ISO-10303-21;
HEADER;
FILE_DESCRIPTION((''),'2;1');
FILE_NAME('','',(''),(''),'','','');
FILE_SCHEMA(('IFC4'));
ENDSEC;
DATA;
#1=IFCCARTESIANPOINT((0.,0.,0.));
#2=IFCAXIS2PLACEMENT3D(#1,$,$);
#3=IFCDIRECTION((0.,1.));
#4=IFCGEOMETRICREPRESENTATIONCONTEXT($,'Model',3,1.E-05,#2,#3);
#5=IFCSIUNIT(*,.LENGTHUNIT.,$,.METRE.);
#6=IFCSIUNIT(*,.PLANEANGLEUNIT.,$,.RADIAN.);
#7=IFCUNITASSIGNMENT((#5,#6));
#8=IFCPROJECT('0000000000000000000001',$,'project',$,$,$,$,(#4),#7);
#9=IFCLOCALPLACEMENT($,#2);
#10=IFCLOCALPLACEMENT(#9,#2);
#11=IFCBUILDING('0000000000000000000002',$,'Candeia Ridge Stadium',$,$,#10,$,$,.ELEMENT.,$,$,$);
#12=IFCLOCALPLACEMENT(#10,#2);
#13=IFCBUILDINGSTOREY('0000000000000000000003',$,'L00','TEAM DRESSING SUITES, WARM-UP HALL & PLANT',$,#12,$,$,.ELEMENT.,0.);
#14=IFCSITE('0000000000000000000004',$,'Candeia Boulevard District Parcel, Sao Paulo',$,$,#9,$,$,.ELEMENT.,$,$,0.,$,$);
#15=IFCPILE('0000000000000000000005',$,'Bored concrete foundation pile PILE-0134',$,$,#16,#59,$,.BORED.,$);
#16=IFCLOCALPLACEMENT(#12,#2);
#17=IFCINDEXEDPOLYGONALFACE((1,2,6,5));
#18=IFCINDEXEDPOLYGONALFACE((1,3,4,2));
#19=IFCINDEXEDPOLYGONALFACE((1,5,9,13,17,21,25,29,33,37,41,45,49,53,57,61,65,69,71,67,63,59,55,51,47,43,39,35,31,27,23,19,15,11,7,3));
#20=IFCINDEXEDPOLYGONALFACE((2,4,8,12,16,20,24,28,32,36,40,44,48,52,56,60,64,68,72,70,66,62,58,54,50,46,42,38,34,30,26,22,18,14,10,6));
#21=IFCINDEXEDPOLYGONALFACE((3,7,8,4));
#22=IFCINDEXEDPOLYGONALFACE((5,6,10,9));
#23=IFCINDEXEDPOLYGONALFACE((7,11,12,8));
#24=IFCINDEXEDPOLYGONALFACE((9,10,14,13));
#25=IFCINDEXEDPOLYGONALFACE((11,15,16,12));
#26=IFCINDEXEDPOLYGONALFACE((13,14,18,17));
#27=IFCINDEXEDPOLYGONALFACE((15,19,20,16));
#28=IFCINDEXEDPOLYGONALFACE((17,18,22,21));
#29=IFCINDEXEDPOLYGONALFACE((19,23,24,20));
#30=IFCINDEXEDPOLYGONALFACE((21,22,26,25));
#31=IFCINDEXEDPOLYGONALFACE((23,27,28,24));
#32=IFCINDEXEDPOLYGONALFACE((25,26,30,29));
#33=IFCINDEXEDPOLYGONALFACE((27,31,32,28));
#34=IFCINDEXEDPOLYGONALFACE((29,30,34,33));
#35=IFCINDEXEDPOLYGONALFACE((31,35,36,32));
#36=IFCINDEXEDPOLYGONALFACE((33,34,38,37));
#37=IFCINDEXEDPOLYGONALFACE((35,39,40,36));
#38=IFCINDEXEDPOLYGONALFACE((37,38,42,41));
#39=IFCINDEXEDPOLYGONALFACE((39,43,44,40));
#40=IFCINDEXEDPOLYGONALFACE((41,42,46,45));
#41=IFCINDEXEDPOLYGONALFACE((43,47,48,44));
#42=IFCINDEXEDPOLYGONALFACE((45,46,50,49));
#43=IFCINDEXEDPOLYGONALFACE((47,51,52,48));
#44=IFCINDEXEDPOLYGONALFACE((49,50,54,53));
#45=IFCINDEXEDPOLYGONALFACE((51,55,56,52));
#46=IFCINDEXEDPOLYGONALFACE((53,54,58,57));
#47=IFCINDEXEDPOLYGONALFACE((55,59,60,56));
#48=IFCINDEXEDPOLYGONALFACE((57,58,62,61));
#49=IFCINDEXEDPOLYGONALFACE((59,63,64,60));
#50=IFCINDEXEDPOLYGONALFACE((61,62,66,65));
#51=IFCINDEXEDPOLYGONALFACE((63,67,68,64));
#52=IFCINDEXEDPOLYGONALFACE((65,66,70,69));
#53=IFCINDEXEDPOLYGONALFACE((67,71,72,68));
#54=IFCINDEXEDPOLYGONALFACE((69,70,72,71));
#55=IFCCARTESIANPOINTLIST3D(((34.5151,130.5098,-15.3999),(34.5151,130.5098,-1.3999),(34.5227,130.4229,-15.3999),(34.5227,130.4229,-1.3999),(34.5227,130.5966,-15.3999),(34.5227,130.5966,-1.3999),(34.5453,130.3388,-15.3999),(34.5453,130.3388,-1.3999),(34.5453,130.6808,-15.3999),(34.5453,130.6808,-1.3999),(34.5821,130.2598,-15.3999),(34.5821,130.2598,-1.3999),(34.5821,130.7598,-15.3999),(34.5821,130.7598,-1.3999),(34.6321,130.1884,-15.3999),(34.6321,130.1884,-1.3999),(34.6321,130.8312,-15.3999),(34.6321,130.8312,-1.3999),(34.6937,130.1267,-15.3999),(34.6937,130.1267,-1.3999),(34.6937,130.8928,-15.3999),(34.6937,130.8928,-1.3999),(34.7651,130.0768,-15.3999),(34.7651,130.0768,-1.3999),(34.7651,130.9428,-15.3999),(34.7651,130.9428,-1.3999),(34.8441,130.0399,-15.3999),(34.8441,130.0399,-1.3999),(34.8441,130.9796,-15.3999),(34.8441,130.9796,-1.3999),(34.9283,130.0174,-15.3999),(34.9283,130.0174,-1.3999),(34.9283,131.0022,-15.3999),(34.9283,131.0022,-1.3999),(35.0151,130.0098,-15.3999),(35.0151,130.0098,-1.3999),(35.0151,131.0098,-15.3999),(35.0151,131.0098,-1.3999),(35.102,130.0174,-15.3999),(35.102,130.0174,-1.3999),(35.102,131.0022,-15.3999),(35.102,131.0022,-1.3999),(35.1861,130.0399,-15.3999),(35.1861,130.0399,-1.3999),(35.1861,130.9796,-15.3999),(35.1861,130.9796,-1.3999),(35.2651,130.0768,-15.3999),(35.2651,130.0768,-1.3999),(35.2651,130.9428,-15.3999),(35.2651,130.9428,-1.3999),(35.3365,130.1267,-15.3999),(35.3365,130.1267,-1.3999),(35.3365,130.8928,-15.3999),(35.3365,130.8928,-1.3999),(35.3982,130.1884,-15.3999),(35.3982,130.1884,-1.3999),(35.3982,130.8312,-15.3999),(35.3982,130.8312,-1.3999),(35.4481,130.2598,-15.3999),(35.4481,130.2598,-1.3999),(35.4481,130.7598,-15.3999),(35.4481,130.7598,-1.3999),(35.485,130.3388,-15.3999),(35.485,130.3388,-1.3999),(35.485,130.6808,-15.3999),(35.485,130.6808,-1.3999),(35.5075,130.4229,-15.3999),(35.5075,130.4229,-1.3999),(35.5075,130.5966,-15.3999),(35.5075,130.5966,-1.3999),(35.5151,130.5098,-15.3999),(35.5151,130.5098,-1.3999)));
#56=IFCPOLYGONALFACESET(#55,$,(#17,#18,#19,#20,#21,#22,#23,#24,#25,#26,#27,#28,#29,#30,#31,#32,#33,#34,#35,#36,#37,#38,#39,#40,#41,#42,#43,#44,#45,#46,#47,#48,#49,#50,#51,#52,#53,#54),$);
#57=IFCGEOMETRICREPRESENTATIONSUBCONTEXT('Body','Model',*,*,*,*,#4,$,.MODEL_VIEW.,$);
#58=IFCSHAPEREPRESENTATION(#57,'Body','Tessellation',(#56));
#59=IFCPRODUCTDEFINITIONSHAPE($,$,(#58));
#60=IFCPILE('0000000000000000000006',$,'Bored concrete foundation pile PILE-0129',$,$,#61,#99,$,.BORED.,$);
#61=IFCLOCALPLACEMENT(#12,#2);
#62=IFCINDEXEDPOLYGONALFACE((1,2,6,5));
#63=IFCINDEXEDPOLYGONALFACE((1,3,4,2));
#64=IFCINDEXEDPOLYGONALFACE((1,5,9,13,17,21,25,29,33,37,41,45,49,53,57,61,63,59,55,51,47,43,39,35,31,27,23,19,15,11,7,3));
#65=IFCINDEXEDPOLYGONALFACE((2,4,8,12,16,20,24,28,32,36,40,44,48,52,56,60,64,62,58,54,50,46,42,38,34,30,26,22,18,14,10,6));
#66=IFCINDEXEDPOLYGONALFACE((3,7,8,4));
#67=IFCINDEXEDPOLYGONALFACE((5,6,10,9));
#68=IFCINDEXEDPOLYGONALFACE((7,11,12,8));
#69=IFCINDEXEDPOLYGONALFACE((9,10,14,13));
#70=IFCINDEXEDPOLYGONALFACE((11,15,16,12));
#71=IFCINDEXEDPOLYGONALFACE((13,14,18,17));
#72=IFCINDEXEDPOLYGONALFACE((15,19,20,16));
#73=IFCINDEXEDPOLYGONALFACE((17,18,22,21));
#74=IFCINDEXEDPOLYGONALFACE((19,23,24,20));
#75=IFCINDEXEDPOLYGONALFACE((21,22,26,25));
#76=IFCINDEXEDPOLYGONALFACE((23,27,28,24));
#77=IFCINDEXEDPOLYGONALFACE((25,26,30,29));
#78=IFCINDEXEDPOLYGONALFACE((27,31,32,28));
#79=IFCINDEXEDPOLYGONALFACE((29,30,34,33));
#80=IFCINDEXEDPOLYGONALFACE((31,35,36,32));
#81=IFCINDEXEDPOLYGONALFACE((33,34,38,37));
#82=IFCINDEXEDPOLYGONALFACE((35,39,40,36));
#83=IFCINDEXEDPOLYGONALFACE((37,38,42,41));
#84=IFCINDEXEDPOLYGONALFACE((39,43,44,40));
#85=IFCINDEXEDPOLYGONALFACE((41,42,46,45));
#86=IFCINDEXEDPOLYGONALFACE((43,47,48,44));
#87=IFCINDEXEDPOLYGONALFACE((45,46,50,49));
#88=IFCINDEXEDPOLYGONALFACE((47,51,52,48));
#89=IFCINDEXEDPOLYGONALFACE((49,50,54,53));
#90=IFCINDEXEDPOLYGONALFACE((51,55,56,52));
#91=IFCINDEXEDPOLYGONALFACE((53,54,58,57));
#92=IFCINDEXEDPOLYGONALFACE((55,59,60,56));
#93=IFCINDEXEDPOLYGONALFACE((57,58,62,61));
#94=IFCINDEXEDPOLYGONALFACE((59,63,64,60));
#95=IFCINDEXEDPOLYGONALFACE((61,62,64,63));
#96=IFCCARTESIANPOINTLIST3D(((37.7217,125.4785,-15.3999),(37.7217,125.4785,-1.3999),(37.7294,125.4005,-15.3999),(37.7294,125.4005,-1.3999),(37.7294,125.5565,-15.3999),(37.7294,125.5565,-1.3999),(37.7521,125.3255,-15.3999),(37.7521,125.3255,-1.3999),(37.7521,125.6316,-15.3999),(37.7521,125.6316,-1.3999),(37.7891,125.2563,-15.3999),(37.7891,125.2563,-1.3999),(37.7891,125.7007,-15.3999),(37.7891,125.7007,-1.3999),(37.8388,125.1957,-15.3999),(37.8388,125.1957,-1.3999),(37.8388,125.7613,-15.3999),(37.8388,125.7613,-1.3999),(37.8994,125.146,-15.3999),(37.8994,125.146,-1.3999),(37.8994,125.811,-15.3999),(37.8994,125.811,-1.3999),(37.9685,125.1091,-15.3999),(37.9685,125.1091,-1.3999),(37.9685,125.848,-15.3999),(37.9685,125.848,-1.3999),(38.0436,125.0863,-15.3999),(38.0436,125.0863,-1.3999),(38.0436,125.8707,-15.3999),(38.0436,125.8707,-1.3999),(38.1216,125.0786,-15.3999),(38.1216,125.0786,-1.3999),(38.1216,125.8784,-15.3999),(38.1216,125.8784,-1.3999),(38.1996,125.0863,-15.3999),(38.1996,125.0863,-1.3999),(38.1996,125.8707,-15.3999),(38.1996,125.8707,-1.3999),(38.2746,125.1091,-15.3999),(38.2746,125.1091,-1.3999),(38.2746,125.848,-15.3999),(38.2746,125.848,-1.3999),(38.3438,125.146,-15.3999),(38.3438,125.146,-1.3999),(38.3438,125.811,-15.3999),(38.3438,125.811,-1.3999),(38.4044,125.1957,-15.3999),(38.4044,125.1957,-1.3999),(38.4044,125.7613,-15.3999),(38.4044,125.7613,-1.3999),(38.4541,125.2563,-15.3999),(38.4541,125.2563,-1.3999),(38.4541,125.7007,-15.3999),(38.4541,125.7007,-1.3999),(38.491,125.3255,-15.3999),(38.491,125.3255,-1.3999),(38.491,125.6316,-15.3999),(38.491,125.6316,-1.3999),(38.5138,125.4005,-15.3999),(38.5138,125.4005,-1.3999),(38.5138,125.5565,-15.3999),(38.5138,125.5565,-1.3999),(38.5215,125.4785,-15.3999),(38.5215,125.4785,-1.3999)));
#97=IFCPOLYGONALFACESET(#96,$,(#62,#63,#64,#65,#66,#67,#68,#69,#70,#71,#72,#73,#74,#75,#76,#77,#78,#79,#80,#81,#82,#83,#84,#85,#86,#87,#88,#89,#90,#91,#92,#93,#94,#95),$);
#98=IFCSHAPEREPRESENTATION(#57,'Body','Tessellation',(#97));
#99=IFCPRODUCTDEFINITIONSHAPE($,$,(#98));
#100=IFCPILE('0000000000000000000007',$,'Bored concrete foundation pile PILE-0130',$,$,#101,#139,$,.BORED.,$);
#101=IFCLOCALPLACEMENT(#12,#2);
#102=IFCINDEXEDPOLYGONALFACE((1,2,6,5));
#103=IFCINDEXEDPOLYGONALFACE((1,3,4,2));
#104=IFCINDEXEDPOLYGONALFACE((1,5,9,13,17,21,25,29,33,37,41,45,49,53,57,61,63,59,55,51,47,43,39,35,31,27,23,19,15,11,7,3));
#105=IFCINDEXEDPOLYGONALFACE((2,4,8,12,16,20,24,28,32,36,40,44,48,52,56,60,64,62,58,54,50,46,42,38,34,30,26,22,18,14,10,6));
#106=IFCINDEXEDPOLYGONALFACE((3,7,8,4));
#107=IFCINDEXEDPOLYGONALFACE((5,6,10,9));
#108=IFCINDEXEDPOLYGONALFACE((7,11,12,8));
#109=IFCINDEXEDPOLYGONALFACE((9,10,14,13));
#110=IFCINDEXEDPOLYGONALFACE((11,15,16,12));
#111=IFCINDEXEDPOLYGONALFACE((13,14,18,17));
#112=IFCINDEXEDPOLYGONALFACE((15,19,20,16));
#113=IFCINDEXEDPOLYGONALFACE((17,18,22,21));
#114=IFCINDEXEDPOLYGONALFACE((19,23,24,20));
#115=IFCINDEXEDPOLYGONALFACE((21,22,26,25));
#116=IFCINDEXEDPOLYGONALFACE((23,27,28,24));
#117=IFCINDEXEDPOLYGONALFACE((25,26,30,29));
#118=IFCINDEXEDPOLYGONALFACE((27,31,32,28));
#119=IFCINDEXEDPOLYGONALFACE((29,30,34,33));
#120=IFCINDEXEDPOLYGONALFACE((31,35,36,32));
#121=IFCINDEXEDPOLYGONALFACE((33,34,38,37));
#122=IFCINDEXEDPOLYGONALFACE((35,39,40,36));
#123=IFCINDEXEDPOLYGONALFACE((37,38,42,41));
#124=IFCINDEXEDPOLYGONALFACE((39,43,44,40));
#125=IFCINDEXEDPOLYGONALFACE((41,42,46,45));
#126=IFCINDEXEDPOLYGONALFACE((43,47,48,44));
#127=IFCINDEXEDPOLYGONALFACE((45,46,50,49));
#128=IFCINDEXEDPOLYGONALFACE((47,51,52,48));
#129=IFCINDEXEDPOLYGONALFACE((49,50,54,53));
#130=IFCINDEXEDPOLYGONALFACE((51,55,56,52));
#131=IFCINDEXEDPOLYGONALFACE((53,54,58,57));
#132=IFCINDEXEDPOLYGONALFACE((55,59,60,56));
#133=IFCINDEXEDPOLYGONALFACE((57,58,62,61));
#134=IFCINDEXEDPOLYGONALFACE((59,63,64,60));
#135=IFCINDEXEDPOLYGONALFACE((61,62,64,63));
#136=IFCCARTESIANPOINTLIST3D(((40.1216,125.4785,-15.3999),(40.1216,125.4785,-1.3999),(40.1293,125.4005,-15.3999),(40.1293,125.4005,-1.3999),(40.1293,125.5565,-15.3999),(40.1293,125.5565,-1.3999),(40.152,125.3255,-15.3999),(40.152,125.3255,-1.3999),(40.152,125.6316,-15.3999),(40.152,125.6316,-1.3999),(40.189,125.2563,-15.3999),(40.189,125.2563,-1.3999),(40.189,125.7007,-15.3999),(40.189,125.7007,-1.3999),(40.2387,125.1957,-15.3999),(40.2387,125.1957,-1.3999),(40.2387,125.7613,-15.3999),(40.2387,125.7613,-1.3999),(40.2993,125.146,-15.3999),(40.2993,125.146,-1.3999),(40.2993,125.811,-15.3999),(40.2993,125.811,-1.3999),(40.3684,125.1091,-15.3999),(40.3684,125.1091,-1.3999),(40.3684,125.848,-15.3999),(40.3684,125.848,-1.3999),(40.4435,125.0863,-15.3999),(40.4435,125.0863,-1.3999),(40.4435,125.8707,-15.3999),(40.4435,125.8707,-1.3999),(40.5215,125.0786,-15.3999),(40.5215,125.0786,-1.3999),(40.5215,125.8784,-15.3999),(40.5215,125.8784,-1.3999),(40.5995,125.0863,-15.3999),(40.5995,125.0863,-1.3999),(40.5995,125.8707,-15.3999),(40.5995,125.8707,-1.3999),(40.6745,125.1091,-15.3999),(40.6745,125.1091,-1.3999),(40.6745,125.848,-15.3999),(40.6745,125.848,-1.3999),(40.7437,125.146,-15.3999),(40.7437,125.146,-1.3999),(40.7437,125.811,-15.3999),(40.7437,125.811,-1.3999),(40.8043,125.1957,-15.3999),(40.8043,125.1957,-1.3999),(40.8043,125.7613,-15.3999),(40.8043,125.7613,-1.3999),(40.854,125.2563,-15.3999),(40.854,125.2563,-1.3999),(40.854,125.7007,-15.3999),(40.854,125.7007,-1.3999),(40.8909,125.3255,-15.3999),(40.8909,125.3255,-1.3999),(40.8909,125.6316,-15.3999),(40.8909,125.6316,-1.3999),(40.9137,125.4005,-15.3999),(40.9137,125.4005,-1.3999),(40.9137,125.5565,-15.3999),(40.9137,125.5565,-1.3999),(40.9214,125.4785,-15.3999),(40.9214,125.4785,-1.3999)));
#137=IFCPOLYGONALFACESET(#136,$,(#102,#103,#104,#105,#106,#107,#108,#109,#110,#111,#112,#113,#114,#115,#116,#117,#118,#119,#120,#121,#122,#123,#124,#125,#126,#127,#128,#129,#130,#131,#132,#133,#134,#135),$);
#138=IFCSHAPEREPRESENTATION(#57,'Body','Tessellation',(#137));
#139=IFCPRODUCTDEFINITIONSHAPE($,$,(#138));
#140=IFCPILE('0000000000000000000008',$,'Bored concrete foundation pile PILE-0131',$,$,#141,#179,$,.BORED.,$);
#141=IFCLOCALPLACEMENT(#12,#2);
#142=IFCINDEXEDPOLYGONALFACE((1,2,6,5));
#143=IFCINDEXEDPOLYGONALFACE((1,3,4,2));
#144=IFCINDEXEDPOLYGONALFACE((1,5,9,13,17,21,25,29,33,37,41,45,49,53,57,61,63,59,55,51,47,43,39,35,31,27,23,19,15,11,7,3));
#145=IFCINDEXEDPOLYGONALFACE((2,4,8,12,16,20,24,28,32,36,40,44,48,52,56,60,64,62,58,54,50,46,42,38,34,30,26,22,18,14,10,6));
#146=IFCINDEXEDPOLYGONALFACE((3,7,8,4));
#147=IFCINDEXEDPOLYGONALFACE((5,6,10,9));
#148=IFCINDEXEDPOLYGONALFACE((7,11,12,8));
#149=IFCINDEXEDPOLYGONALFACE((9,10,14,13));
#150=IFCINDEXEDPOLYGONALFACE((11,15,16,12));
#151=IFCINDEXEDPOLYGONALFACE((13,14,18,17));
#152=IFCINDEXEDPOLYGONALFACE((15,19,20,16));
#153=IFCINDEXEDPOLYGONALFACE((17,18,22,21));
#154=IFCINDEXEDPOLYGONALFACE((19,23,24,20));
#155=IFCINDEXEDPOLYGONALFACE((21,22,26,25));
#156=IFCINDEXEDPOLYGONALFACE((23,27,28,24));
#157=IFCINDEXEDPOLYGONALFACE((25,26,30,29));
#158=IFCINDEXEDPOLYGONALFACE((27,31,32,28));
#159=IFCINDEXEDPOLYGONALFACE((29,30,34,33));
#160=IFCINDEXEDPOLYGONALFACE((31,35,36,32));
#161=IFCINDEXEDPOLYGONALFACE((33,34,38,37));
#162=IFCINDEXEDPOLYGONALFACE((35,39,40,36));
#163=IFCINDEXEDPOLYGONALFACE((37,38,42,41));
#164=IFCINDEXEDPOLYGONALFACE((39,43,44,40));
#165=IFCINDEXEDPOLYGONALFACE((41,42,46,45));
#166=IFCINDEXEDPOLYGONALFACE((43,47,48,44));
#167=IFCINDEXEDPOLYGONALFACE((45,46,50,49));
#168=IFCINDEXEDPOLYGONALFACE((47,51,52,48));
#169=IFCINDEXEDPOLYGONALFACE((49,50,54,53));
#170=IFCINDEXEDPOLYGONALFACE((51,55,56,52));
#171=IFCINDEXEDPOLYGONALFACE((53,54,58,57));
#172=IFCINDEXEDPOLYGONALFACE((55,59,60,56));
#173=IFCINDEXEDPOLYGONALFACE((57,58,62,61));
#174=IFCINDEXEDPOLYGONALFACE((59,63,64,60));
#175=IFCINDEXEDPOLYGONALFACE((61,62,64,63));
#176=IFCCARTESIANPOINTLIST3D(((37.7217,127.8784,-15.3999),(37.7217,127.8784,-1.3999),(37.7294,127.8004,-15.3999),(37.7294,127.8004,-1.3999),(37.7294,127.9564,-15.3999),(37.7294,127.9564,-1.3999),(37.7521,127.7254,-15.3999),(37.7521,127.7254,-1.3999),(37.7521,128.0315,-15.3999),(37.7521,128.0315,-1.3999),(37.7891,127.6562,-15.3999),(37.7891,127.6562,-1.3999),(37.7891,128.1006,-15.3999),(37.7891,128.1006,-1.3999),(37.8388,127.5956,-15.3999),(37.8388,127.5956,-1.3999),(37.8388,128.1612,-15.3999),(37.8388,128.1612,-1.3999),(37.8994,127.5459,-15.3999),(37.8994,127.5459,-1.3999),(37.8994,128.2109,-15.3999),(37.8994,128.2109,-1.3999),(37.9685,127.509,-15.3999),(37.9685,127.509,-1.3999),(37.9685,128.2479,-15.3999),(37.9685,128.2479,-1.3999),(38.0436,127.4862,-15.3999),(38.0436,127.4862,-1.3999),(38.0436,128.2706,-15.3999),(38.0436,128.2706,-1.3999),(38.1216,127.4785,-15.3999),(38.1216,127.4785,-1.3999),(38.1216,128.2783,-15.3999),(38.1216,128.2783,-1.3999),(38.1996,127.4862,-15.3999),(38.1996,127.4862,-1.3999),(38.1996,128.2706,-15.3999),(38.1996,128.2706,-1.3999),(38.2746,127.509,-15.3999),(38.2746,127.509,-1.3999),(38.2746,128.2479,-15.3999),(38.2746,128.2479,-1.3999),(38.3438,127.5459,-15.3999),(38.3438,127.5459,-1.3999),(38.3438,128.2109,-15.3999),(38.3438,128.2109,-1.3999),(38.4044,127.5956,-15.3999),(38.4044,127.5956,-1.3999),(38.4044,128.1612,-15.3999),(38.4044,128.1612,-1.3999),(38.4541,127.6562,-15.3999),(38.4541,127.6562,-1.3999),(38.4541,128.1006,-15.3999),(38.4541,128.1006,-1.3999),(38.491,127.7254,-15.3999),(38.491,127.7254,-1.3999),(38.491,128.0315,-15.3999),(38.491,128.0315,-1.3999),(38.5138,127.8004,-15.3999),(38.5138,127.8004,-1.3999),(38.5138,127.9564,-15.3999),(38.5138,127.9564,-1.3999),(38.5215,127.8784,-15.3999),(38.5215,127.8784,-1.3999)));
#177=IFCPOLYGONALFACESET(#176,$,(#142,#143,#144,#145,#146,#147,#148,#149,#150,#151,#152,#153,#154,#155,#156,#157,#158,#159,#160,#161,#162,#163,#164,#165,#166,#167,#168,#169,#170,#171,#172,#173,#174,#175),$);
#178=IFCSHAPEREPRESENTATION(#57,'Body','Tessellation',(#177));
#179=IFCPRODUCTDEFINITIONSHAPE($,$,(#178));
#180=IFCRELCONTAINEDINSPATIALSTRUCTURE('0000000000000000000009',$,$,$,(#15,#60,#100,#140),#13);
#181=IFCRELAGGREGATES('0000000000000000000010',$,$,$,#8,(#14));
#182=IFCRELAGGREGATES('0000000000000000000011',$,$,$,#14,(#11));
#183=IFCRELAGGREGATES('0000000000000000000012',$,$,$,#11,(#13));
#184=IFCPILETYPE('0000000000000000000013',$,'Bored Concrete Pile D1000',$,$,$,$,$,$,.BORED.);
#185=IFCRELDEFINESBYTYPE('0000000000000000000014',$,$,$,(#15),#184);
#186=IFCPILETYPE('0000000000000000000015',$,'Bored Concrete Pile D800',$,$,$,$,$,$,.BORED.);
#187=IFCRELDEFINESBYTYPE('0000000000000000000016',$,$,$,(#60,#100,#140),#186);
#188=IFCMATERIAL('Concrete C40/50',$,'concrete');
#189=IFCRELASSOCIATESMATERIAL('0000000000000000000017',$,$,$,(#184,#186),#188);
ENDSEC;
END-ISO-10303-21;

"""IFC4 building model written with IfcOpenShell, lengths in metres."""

from ifc_helpers import new_model, si_unit, direction, frame, origin, origin_2d, place, context, subcontext, project, spatial, circle, extrude, material, material_profile, profile_set, type_object, element, save


model = new_model("IFC4")

# Units and contexts
model_context = context("Model", 3, precision=1e-05, world=origin(), true_north=direction((0.0, 1.0)))
body_context = subcontext(model_context, "Body", "Model", "MODEL_VIEW")
ifc_project = project(units=[si_unit("LENGTHUNIT", "METRE"), si_unit("PLANEANGLEUNIT", "RADIAN")], contexts=[model_context])

# Site, building, storey
site_placement = place(None, origin())
site = spatial("IfcSite", under=ifc_project, at=site_placement, Name="Candeia Boulevard District Parcel, Sao Paulo", CompositionType="ELEMENT", RefElevation=0.0)
building_placement = place(site_placement, origin())
building = spatial("IfcBuilding", under=site, at=building_placement, Name="Candeia Ridge Stadium", CompositionType="ELEMENT")
storey_placement = place(building_placement, origin())
storey = spatial("IfcBuildingStorey", under=building, at=storey_placement, Name="L00", Description="TEAM DRESSING SUITES, WARM-UP HALL & PLANT", CompositionType="ELEMENT", Elevation=0.0)

# Piles
ifc_material_1 = material(Name="Concrete C40/50", Category="concrete")
ifc_material_profile_1 = material_profile(ifc_material_1, circle(Radius=0.5, at=origin_2d()), Name="PILE-D1000", Category="concrete")
ifc_profile_set_1 = profile_set([ifc_material_profile_1], Name="Concrete C40/50")
pile_type_1 = type_object("IfcPileType", Name="Bored Concrete Pile D1000", PredefinedType="BORED", material=ifc_profile_set_1)
for number, where, z_axis, x_axis, name in (
    (1, (35.0151, 130.5098, -1.3999), (0.0, 0.0, -1.0), (1.0, 0.0, 0.0), "Bored concrete foundation pile PILE-0134"),
):
    element("IfcPile", number, at=place(storey_placement, frame(where, z_axis=z_axis, x_axis=x_axis)), inside=storey, type_object=pile_type_1, Name=name, PredefinedType="BORED", context=body_context, shape_type="SweptSolid", body=[
        extrude(circle(Radius=0.5, at=origin_2d()), origin(), (0.0, 0.0, 1.0), 14.0),
    ])
ifc_material_profile_2 = material_profile(ifc_material_1, circle(Radius=0.3999, at=origin_2d()), Name="PILE-D800", Category="concrete")
ifc_profile_set_2 = profile_set([ifc_material_profile_2], Name="Concrete C40/50")
pile_type_2 = type_object("IfcPileType", Name="Bored Concrete Pile D800", PredefinedType="BORED", material=ifc_profile_set_2)
for number, where, z_axis, x_axis, name in (
    (2, (38.1216, 125.4785, -1.3999), (0.0, 0.0, -1.0), (1.0, 0.0, 0.0), "Bored concrete foundation pile PILE-0129"),
    (3, (40.5215, 125.4785, -1.3999), (0.0, 0.0, -1.0), (1.0, 0.0, 0.0), "Bored concrete foundation pile PILE-0130"),
    (4, (38.1216, 127.8784, -1.3999), (0.0, 0.0, -1.0), (1.0, 0.0, 0.0), "Bored concrete foundation pile PILE-0131"),
):
    element("IfcPile", number, at=place(storey_placement, frame(where, z_axis=z_axis, x_axis=x_axis)), inside=storey, type_object=pile_type_2, Name=name, PredefinedType="BORED", context=body_context, shape_type="SweptSolid", body=[
        extrude(circle(Radius=0.3999, at=origin_2d()), origin(), (0.0, 0.0, 1.0), 14.0),
    ])

save(model, "model.ifc")
